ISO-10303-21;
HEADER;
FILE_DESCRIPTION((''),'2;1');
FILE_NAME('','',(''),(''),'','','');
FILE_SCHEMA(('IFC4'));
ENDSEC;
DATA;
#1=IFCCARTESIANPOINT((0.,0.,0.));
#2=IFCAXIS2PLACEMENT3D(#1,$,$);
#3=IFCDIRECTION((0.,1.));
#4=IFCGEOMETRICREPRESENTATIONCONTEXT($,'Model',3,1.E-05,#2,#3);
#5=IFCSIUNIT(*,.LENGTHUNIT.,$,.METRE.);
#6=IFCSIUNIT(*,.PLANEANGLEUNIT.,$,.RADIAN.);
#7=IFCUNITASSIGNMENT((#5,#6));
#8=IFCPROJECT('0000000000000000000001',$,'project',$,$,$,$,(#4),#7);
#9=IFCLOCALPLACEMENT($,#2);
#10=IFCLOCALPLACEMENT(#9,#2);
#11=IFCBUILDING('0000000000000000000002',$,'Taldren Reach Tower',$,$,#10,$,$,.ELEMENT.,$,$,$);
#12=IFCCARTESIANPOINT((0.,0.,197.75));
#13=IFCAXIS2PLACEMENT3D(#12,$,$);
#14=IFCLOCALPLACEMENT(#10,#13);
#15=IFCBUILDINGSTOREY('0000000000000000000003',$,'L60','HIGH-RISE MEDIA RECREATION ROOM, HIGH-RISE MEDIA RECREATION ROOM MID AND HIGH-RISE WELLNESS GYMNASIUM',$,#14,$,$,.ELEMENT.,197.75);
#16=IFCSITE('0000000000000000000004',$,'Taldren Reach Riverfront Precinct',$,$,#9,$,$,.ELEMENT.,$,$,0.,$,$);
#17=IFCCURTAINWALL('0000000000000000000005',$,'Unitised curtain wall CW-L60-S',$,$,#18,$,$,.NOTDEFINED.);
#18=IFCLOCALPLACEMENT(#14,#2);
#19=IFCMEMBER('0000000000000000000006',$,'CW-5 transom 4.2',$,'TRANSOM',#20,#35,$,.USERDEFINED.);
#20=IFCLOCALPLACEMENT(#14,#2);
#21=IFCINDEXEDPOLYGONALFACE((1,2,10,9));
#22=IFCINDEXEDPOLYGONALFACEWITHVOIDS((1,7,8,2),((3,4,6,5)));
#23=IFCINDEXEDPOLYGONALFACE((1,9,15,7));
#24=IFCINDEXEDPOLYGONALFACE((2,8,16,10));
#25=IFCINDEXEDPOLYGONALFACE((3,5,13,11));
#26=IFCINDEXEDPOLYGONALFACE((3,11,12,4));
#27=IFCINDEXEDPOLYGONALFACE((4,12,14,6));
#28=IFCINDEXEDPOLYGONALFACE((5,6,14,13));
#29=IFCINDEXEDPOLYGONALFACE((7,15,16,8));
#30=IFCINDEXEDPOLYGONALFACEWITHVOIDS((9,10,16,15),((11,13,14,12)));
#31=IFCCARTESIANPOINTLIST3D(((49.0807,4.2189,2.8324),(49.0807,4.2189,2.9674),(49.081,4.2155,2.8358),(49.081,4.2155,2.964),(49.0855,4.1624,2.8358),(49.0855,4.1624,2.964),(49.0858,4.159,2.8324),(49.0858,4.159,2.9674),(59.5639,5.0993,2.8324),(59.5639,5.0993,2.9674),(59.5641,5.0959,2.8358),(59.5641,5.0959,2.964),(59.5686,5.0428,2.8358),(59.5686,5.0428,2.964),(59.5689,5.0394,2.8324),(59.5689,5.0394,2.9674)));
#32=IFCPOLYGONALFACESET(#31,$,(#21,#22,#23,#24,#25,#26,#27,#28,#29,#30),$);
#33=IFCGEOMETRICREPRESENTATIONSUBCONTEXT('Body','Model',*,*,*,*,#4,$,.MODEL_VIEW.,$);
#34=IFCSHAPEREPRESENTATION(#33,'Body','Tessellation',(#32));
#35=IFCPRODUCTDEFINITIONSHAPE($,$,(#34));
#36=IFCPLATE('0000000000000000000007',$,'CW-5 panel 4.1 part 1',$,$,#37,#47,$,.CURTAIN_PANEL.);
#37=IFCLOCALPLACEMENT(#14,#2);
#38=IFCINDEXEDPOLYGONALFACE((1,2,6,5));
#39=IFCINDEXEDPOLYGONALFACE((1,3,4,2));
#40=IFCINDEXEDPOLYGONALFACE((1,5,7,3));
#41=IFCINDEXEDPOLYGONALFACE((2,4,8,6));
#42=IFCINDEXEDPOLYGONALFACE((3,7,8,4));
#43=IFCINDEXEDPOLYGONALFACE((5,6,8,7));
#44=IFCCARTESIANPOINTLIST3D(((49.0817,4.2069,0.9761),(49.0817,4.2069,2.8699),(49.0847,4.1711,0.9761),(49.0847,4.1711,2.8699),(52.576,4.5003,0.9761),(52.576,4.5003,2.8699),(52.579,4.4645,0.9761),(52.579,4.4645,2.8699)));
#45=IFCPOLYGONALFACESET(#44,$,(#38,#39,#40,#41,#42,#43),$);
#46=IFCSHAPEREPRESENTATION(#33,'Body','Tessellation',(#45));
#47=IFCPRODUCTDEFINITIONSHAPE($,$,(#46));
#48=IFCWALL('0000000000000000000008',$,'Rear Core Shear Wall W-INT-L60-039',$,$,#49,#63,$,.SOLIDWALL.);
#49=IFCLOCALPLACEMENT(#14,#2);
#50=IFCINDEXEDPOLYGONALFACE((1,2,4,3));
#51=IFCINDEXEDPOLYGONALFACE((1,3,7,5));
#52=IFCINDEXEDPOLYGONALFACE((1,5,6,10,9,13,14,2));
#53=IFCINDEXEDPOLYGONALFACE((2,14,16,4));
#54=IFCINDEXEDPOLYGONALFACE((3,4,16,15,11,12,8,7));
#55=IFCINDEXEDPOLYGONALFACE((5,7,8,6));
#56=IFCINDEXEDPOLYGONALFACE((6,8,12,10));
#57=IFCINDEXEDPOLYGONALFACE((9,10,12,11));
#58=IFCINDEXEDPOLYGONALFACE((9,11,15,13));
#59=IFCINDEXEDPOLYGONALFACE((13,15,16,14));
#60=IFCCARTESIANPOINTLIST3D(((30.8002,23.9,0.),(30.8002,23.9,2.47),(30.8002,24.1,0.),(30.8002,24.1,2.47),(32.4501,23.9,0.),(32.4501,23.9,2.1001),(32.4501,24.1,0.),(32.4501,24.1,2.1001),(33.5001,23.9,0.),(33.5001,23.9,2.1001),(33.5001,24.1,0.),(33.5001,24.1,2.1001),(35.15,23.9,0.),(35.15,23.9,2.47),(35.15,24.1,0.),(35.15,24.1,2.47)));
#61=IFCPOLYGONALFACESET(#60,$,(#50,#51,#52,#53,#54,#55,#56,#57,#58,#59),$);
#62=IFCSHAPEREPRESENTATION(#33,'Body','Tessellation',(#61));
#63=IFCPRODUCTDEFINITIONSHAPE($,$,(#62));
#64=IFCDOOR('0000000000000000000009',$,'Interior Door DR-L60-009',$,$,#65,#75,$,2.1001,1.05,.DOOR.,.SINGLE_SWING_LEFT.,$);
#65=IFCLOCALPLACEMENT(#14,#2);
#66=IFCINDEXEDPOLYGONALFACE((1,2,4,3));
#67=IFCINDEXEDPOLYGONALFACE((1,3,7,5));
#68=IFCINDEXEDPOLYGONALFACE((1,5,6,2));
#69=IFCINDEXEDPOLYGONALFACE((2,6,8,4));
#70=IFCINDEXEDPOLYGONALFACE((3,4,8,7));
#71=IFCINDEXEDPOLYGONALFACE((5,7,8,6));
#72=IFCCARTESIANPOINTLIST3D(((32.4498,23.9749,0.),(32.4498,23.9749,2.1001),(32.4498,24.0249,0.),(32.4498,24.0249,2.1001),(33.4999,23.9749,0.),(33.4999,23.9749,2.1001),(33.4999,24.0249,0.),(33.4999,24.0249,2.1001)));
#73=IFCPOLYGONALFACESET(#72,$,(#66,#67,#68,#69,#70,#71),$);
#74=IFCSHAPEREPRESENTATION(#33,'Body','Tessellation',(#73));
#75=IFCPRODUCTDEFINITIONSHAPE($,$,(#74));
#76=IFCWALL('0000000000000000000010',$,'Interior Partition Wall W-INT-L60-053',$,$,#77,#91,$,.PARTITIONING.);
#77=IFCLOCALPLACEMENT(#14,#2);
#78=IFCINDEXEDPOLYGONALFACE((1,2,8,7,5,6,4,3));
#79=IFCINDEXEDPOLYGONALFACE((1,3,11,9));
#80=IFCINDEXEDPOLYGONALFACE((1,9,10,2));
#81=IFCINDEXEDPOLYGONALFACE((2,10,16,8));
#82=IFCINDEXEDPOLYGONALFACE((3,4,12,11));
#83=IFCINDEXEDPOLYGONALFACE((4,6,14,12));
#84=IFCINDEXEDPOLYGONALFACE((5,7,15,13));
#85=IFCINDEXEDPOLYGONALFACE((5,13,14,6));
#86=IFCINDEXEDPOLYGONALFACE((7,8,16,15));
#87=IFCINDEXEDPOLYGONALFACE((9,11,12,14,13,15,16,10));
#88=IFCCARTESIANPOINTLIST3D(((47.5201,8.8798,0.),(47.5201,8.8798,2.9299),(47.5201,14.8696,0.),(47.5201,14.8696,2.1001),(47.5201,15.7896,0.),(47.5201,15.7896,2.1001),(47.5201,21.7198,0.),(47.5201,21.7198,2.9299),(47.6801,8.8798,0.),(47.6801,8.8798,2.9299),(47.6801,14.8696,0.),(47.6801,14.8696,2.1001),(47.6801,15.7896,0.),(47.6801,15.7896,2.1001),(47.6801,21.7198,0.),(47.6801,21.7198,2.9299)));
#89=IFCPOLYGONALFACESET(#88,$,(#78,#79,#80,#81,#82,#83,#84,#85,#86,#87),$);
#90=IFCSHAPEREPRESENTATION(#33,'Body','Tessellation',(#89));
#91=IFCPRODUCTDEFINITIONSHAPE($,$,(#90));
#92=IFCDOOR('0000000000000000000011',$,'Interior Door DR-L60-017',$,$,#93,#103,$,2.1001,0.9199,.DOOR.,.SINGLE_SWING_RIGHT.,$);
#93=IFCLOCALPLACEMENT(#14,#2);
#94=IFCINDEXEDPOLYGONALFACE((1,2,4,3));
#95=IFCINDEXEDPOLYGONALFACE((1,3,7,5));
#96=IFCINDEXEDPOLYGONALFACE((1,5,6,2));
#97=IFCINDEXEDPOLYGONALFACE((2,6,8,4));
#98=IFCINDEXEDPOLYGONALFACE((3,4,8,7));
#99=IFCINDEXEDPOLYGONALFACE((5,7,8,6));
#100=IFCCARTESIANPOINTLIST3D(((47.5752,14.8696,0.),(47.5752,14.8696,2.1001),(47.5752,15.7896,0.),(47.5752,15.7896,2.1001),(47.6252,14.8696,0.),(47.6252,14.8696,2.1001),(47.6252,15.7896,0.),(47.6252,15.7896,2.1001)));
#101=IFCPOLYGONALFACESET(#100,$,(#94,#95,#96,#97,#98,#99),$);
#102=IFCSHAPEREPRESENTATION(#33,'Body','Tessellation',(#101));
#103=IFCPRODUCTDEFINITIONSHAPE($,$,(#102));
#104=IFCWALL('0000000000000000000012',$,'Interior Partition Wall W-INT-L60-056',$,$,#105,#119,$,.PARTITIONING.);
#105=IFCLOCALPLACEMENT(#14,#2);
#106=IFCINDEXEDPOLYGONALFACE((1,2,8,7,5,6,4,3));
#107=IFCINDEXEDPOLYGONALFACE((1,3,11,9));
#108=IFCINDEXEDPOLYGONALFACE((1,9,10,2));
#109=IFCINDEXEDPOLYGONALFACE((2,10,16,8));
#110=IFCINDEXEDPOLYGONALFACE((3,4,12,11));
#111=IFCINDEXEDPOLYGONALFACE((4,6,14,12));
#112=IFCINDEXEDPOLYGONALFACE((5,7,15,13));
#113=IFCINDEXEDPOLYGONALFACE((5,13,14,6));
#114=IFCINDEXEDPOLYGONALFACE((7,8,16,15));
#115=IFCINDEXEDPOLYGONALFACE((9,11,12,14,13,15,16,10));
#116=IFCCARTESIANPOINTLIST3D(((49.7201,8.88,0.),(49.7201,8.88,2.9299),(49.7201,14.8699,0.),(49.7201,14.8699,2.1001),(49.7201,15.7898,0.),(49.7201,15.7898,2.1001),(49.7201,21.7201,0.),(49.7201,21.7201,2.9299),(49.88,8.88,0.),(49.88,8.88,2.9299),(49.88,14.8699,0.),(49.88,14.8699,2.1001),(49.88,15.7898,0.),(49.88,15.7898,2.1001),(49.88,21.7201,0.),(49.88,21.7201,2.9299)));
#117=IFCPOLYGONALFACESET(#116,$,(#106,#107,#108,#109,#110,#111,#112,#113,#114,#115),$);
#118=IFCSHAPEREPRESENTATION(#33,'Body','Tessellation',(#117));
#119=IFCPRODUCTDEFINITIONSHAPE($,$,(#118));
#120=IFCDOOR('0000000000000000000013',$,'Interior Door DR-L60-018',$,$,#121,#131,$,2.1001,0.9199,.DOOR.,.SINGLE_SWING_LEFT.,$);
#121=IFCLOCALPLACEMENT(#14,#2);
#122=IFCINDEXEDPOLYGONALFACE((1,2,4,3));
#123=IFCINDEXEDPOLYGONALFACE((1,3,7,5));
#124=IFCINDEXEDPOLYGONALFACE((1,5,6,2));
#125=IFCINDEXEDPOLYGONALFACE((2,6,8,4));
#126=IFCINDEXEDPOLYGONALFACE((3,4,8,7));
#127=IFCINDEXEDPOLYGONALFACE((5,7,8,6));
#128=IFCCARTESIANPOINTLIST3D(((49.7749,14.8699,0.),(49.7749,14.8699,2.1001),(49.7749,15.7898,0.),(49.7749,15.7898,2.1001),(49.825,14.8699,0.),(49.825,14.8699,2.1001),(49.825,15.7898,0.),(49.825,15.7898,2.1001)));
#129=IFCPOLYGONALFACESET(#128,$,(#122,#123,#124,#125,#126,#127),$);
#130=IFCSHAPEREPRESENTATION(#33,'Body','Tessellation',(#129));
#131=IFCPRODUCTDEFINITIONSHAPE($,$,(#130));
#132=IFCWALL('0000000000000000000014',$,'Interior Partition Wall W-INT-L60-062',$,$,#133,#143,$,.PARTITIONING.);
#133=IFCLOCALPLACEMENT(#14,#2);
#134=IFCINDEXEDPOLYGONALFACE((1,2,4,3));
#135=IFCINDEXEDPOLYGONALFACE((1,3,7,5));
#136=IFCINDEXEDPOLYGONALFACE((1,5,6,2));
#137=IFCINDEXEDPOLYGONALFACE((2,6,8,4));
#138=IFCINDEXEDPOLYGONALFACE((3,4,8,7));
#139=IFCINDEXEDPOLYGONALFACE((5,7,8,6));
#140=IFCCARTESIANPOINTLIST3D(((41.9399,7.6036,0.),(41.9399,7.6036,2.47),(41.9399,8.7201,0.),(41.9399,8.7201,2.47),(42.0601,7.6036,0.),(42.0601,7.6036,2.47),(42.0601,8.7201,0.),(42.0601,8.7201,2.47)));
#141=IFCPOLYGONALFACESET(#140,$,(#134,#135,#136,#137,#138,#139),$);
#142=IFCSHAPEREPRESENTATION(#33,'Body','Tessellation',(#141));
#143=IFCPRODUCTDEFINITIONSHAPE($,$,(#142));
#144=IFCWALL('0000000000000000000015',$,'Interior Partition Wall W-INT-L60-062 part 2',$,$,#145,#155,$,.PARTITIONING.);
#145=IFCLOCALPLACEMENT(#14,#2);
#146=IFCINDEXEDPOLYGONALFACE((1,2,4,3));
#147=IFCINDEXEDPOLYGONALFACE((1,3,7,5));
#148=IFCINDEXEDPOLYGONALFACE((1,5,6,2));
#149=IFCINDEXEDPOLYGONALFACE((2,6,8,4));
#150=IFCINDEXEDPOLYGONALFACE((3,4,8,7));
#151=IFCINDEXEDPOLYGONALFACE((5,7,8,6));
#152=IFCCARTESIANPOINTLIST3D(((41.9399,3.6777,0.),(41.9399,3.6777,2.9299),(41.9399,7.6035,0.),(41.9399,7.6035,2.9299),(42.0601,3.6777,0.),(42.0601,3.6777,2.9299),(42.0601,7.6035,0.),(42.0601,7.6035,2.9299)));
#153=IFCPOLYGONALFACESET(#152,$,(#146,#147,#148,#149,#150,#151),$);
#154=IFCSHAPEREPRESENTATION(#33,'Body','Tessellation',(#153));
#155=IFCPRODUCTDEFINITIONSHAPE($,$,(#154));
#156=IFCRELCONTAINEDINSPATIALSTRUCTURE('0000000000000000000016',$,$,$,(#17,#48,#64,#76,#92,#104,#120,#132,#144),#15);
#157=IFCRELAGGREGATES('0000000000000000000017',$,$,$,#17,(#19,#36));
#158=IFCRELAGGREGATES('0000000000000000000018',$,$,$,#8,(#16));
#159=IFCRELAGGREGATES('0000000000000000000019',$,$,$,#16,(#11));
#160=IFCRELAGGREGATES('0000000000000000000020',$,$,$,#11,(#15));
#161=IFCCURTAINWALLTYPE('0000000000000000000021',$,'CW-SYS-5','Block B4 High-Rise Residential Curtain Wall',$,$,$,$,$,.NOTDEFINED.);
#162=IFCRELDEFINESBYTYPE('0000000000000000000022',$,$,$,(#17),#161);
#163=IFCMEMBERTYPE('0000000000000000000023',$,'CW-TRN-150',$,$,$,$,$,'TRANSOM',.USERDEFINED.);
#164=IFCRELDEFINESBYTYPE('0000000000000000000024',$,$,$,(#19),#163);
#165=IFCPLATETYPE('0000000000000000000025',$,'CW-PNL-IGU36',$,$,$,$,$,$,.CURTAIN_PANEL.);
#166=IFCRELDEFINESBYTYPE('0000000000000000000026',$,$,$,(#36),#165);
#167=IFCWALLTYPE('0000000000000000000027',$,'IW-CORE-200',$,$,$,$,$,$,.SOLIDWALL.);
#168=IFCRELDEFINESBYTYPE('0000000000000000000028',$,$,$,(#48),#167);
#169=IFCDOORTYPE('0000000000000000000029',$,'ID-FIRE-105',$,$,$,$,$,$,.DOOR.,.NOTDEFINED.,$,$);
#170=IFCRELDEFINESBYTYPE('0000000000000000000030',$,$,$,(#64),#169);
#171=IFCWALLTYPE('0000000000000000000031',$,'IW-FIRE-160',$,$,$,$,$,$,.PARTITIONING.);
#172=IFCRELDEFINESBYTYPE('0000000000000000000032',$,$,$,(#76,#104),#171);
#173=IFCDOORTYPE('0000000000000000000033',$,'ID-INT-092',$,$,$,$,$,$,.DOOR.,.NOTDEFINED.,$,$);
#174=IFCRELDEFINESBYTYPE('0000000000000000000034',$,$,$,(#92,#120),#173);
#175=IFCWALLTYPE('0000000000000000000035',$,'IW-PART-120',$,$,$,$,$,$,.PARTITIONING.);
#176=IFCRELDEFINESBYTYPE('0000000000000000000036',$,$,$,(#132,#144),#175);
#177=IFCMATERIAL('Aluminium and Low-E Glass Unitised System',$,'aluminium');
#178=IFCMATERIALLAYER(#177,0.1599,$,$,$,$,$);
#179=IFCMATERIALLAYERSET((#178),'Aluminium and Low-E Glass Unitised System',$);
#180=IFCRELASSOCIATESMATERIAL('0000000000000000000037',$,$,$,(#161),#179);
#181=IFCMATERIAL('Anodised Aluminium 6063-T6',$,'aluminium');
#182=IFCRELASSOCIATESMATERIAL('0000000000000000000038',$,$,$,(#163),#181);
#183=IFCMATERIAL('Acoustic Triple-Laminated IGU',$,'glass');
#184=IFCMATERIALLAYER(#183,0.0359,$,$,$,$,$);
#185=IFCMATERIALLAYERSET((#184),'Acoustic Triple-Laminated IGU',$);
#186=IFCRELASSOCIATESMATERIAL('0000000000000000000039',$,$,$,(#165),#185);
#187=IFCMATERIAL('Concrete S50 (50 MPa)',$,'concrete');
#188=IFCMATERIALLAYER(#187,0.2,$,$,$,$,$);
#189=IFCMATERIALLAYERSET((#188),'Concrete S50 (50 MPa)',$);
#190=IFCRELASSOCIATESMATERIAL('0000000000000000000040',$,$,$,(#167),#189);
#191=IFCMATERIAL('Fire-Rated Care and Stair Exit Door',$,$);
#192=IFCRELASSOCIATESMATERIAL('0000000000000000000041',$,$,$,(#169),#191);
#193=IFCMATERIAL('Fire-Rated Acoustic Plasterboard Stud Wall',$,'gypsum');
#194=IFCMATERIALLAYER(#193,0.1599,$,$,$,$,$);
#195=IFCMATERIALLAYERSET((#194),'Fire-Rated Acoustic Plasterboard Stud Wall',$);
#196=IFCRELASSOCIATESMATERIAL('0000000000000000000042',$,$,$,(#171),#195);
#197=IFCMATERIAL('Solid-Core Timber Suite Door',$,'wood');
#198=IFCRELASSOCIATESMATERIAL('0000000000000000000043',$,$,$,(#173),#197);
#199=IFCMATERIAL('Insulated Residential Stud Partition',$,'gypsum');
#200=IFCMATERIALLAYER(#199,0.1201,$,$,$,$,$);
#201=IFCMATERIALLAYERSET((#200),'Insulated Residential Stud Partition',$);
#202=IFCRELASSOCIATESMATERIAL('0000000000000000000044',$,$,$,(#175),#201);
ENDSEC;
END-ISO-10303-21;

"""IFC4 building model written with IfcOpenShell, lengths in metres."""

from ifc_helpers import new_model, si_unit, direction, frame, frame_2d, origin, origin_2d, place, context, subcontext, project, spatial, rectangle, hollow_rectangle, extrude, source, transform, mapped, material, layer, layer_set, material_profile, profile_set, type_object, element, fill, aggregate, save


model = new_model("IFC4")

# Units and contexts
model_context = context("Model", 3, precision=1e-05, world=origin(), true_north=direction((0.0, 1.0)))
body_context = subcontext(model_context, "Body", "Model", "MODEL_VIEW")
ifc_project = project(units=[si_unit("LENGTHUNIT", "METRE"), si_unit("PLANEANGLEUNIT", "RADIAN")], contexts=[model_context])

# Site, building, storey
site_placement = place(None, origin())
site = spatial("IfcSite", under=ifc_project, at=site_placement, Name="Taldren Reach Riverfront Precinct", CompositionType="ELEMENT", RefElevation=0.0)
building_placement = place(site_placement, origin())
building = spatial("IfcBuilding", under=site, at=building_placement, Name="Taldren Reach Tower", CompositionType="ELEMENT")
storey_placement = place(building_placement, frame((0.0, 0.0, 197.75)))
storey = spatial("IfcBuildingStorey", under=building, at=storey_placement, Name="L60", Description="HIGH-RISE MEDIA RECREATION ROOM, HIGH-RISE MEDIA RECREATION ROOM MID AND HIGH-RISE WELLNESS GYMNASIUM", CompositionType="ELEMENT", Elevation=197.75)

# Curtain wall, member, plate
ifc_material_1 = material(Name="Aluminium and Low-E Glass Unitised System", Category="aluminium")
ifc_layer_1 = layer(ifc_material_1, 0.1599)
ifc_layer_set_1 = layer_set([ifc_layer_1], Name="Aluminium and Low-E Glass Unitised System")
curtain_wall_type = type_object("IfcCurtainWallType", Name="CW-SYS-5", Description="Block B4 High-Rise Residential Curtain Wall", PredefinedType="NOTDEFINED", material=ifc_layer_set_1)
curtain_wall_placement = place(storey_placement, origin())
curtain_wall = element("IfcCurtainWall", 1, at=curtain_wall_placement, inside=storey, type_object=curtain_wall_type, Name="Unitised curtain wall CW-L60-S", PredefinedType="NOTDEFINED")
ifc_material_2 = material(Name="Anodised Aluminium 6063-T6", Category="aluminium")
ifc_material_profile_1 = material_profile(ifc_material_2, hollow_rectangle(XDim=0.0601, YDim=0.135, WallThickness=0.0034, at=origin_2d()), Name="ALU-135x60x3.5RHS")
ifc_profile_set_1 = profile_set([ifc_material_profile_1], Name="Anodised Aluminium 6063-T6")
member_type_1 = type_object("IfcMemberType", Name="CW-TRN-150", ElementType="TRANSOM", PredefinedType="USERDEFINED", material=ifc_profile_set_1)
shared_shape_1 = source(origin(), body_context, "Body", "SweptSolid", [
    extrude(hollow_rectangle(XDim=0.0601, YDim=0.135, WallThickness=0.0034, at=origin_2d()), origin(), (0.0, 0.0, 1.0), 10.52),
])
member_1_placement = place(storey_placement, frame((49.0833, 4.189, 2.8999), z_axis=(0.996492, 0.083685, 0.0), x_axis=(-0.083685, 0.996492, 0.0)))
member_1 = element("IfcMember", 2, at=member_1_placement, type_object=member_type_1, Name="CW-5 transom 4.2", ObjectType="TRANSOM", PredefinedType="USERDEFINED", context=body_context, shape_type="MappedRepresentation", body=[
    mapped(shared_shape_1, transform((0.0, 0.0, 0.0), scale=1.0)),
])
ifc_material_3 = material(Name="Acoustic Triple-Laminated IGU", Category="glass")
ifc_layer_2 = layer(ifc_material_3, 0.0359)
ifc_layer_set_2 = layer_set([ifc_layer_2], Name="Acoustic Triple-Laminated IGU")
plate_type = type_object("IfcPlateType", Name="CW-PNL-IGU36", PredefinedType="CURTAIN_PANEL", material=ifc_layer_set_2)
shared_shape_2 = source(origin(), body_context, "Body", "SweptSolid", [
    extrude(rectangle(XDim=3.5066, YDim=0.0359, at=origin_2d()), origin(), (0.0, 0.0, 1.0), 1.8938),
])
plate_placement = place(storey_placement, frame((50.8303, 4.3357, 0.9761), z_axis=(0.0, 0.0, 1.0), x_axis=(0.996493, 0.083678, 0.0)))
plate = element("IfcPlate", 3, at=plate_placement, type_object=plate_type, Name="CW-5 panel 4.1 part 1", PredefinedType="CURTAIN_PANEL", context=body_context, shape_type="MappedRepresentation", body=[
    mapped(shared_shape_2, transform((0.0, 0.0, 0.0), scale=1.0)),
])
aggregate(curtain_wall, [member_1, plate])

# Walls, openings, doors
ifc_material_4 = material(Name="Concrete S50 (50 MPa)", Category="concrete")
ifc_layer_3 = layer(ifc_material_4, 0.2)
ifc_layer_set_3 = layer_set([ifc_layer_3], Name="Concrete S50 (50 MPa)")
wall_type_1 = type_object("IfcWallType", Name="IW-CORE-200", PredefinedType="SOLIDWALL", material=ifc_layer_set_3)
shared_shape_3 = source(origin(), body_context, "Body", "SweptSolid", [
    extrude(rectangle(XDim=4.3499, YDim=0.2, at=frame_2d((2.1748, 0.0))), origin(), (0.0, 0.0, 1.0), 2.47),
])
wall_1_placement = place(storey_placement, frame((35.1499, 24.0, 0.0), z_axis=(0.0, 0.0, 1.0), x_axis=(-1.0, 0.0, 0.0)))
wall_1 = element("IfcWall", 4, at=wall_1_placement, inside=storey, type_object=wall_type_1, Name="Rear Core Shear Wall W-INT-L60-039", PredefinedType="SOLIDWALL", context=body_context, shape_type="MappedRepresentation", body=[
    mapped(shared_shape_3, transform((0.0, 0.0, 0.0), scale=1.0)),
])
shared_shape_4 = source(origin(), body_context, "Body", "SweptSolid", [
    extrude(rectangle(XDim=1.05, YDim=2.1001, at=frame_2d((0.5249, 1.05))), frame((0.0, 0.1099, 0.0), z_axis=(0.0, -1.0, 0.0), x_axis=(1.0, 0.0, 0.0)), (0.0, 0.0, 1.0), 0.22),
])
opening_1_placement = place(wall_1_placement, frame((1.6499, 0.0, 0.0)))
opening_1 = element("IfcOpeningElement", 5, at=opening_1_placement, cuts=wall_1, PredefinedType="OPENING", context=body_context, shape_type="MappedRepresentation", body=[
    mapped(shared_shape_4, transform((0.0, 0.0, 0.0), scale=1.0)),
])
ifc_material_5 = material(Name="Fire-Rated Care and Stair Exit Door")
door_type_1 = type_object("IfcDoorType", Name="ID-FIRE-105", OperationType="NOTDEFINED", PredefinedType="DOOR", material=ifc_material_5)
shared_shape_5 = source(origin(), body_context, "Body", "SweptSolid", [
    extrude(rectangle(XDim=1.05, YDim=2.1001, at=frame_2d((0.5249, 1.05))), frame((0.0, 0.0249, 0.0), z_axis=(0.0, -1.0, 0.0), x_axis=(1.0, 0.0, 0.0)), (0.0, 0.0, 1.0), 0.05),
])
door_1_placement = place(opening_1_placement, frame((1.05, 0.0, 0.0), z_axis=(0.0, 0.0, 1.0), x_axis=(-1.0, 0.0, 0.0)))
door_1 = element("IfcDoor", 6, at=door_1_placement, inside=storey, type_object=door_type_1, Name="Interior Door DR-L60-009", OperationType="SINGLE_SWING_LEFT", OverallHeight=2.1001, OverallWidth=1.05, PredefinedType="DOOR", context=body_context, shape_type="MappedRepresentation", body=[
    mapped(shared_shape_5, transform((0.0, 0.0, 0.0), scale=1.0)),
])
fill(opening_1, door_1)
ifc_material_6 = material(Name="Fire-Rated Acoustic Plasterboard Stud Wall", Category="gypsum")
ifc_layer_4 = layer(ifc_material_6, 0.1599)
ifc_layer_set_4 = layer_set([ifc_layer_4], Name="Fire-Rated Acoustic Plasterboard Stud Wall")
wall_type_2 = type_object("IfcWallType", Name="IW-FIRE-160", PredefinedType="PARTITIONING", material=ifc_layer_set_4)
shared_shape_6 = source(origin(), body_context, "Body", "SweptSolid", [
    extrude(rectangle(XDim=12.8401, YDim=0.1599, at=frame_2d((6.4199, 0.0))), origin(), (0.0, 0.0, 1.0), 2.9299),
])
wall_2_placement = place(storey_placement, frame((47.6001, 8.8799, 0.0), z_axis=(0.0, 0.0, 1.0), x_axis=(0.0, 1.0, 0.0)))
wall_2 = element("IfcWall", 7, at=wall_2_placement, inside=storey, type_object=wall_type_2, Name="Interior Partition Wall W-INT-L60-053", PredefinedType="PARTITIONING", context=body_context, shape_type="MappedRepresentation", body=[
    mapped(shared_shape_6, transform((0.0, 0.0, 0.0), scale=1.0)),
])
shared_shape_7 = source(origin(), body_context, "Body", "SweptSolid", [
    extrude(rectangle(XDim=0.9199, YDim=2.1001, at=frame_2d((0.46, 1.05))), frame((0.0, 0.0898, 0.0), z_axis=(0.0, -1.0, 0.0), x_axis=(1.0, 0.0, 0.0)), (0.0, 0.0, 1.0), 0.1799),
])
opening_2_placement = place(wall_2_placement, frame((5.9897, 0.0, 0.0)))
opening_2 = element("IfcOpeningElement", 8, at=opening_2_placement, cuts=wall_2, PredefinedType="OPENING", context=body_context, shape_type="MappedRepresentation", body=[
    mapped(shared_shape_7, transform((0.0, 0.0, 0.0), scale=1.0)),
])
ifc_material_7 = material(Name="Solid-Core Timber Suite Door", Category="wood")
door_type_2 = type_object("IfcDoorType", Name="ID-INT-092", OperationType="NOTDEFINED", PredefinedType="DOOR", material=ifc_material_7)
shared_shape_8 = source(origin(), body_context, "Body", "SweptSolid", [
    extrude(rectangle(XDim=0.9199, YDim=2.1001, at=frame_2d((0.46, 1.05))), frame((0.0, 0.0249, 0.0), z_axis=(0.0, -1.0, 0.0), x_axis=(1.0, 0.0, 0.0)), (0.0, 0.0, 1.0), 0.05),
])
door_2_placement = place(opening_2_placement, origin())
door_2 = element("IfcDoor", 9, at=door_2_placement, inside=storey, type_object=door_type_2, Name="Interior Door DR-L60-017", OperationType="SINGLE_SWING_RIGHT", OverallHeight=2.1001, OverallWidth=0.9199, PredefinedType="DOOR", context=body_context, shape_type="MappedRepresentation", body=[
    mapped(shared_shape_8, transform((0.0, 0.0, 0.0), scale=1.0)),
])
fill(opening_2, door_2)
wall_3_placement = place(storey_placement, frame((49.8, 21.72, 0.0), z_axis=(0.0, 0.0, 1.0), x_axis=(0.0, -1.0, 0.0)))
wall_3 = element("IfcWall", 10, at=wall_3_placement, inside=storey, type_object=wall_type_2, Name="Interior Partition Wall W-INT-L60-056", PredefinedType="PARTITIONING", context=body_context, shape_type="MappedRepresentation", body=[
    mapped(shared_shape_6, transform((0.0, 0.0, 0.0), scale=1.0)),
])
opening_3_placement = place(wall_3_placement, frame((5.9302, 0.0, 0.0)))
opening_3 = element("IfcOpeningElement", 11, at=opening_3_placement, cuts=wall_3, PredefinedType="OPENING", context=body_context, shape_type="MappedRepresentation", body=[
    mapped(shared_shape_7, transform((0.0, 0.0, 0.0), scale=1.0)),
])
door_3_placement = place(opening_3_placement, origin())
door_3 = element("IfcDoor", 12, at=door_3_placement, inside=storey, type_object=door_type_2, Name="Interior Door DR-L60-018", OperationType="SINGLE_SWING_LEFT", OverallHeight=2.1001, OverallWidth=0.9199, PredefinedType="DOOR", context=body_context, shape_type="MappedRepresentation", body=[
    mapped(shared_shape_8, transform((0.0, 0.0, 0.0), scale=1.0)),
])
fill(opening_3, door_3)

# Walls
ifc_material_8 = material(Name="Insulated Residential Stud Partition", Category="gypsum")
ifc_layer_5 = layer(ifc_material_8, 0.1201)
ifc_layer_set_5 = layer_set([ifc_layer_5], Name="Insulated Residential Stud Partition")
wall_type_3 = type_object("IfcWallType", Name="IW-PART-120", PredefinedType="PARTITIONING", material=ifc_layer_set_5)
shared_shape_9 = source(origin(), body_context, "Body", "SweptSolid", [
    extrude(rectangle(XDim=1.1165, YDim=0.1201, at=frame_2d((0.5581, 0.0))), origin(), (0.0, 0.0, 1.0), 2.47),
])
wall_4_placement = place(storey_placement, frame((42.0, 8.72, 0.0), z_axis=(0.0, 0.0, 1.0), x_axis=(0.0, -1.0, 0.0)))
element("IfcWall", 13, at=wall_4_placement, inside=storey, type_object=wall_type_3, Name="Interior Partition Wall W-INT-L60-062", PredefinedType="PARTITIONING", context=body_context, shape_type="MappedRepresentation", body=[
    mapped(shared_shape_9, transform((0.0, 0.0, 0.0), scale=1.0)),
])
shared_shape_10 = source(origin(), body_context, "Body", "SweptSolid", [
    extrude(rectangle(XDim=3.9258, YDim=0.1201, at=frame_2d((1.9629, 0.0))), origin(), (0.0, 0.0, 1.0), 2.9299),
])
wall_5_placement = place(storey_placement, frame((42.0, 7.6035, 0.0), z_axis=(0.0, 0.0, 1.0), x_axis=(0.0, -1.0, 0.0)))
element("IfcWall", 14, at=wall_5_placement, inside=storey, type_object=wall_type_3, Name="Interior Partition Wall W-INT-L60-062 part 2", PredefinedType="PARTITIONING", context=body_context, shape_type="MappedRepresentation", body=[
    mapped(shared_shape_10, transform((0.0, 0.0, 0.0), scale=1.0)),
])

save(model, "model.ifc")
